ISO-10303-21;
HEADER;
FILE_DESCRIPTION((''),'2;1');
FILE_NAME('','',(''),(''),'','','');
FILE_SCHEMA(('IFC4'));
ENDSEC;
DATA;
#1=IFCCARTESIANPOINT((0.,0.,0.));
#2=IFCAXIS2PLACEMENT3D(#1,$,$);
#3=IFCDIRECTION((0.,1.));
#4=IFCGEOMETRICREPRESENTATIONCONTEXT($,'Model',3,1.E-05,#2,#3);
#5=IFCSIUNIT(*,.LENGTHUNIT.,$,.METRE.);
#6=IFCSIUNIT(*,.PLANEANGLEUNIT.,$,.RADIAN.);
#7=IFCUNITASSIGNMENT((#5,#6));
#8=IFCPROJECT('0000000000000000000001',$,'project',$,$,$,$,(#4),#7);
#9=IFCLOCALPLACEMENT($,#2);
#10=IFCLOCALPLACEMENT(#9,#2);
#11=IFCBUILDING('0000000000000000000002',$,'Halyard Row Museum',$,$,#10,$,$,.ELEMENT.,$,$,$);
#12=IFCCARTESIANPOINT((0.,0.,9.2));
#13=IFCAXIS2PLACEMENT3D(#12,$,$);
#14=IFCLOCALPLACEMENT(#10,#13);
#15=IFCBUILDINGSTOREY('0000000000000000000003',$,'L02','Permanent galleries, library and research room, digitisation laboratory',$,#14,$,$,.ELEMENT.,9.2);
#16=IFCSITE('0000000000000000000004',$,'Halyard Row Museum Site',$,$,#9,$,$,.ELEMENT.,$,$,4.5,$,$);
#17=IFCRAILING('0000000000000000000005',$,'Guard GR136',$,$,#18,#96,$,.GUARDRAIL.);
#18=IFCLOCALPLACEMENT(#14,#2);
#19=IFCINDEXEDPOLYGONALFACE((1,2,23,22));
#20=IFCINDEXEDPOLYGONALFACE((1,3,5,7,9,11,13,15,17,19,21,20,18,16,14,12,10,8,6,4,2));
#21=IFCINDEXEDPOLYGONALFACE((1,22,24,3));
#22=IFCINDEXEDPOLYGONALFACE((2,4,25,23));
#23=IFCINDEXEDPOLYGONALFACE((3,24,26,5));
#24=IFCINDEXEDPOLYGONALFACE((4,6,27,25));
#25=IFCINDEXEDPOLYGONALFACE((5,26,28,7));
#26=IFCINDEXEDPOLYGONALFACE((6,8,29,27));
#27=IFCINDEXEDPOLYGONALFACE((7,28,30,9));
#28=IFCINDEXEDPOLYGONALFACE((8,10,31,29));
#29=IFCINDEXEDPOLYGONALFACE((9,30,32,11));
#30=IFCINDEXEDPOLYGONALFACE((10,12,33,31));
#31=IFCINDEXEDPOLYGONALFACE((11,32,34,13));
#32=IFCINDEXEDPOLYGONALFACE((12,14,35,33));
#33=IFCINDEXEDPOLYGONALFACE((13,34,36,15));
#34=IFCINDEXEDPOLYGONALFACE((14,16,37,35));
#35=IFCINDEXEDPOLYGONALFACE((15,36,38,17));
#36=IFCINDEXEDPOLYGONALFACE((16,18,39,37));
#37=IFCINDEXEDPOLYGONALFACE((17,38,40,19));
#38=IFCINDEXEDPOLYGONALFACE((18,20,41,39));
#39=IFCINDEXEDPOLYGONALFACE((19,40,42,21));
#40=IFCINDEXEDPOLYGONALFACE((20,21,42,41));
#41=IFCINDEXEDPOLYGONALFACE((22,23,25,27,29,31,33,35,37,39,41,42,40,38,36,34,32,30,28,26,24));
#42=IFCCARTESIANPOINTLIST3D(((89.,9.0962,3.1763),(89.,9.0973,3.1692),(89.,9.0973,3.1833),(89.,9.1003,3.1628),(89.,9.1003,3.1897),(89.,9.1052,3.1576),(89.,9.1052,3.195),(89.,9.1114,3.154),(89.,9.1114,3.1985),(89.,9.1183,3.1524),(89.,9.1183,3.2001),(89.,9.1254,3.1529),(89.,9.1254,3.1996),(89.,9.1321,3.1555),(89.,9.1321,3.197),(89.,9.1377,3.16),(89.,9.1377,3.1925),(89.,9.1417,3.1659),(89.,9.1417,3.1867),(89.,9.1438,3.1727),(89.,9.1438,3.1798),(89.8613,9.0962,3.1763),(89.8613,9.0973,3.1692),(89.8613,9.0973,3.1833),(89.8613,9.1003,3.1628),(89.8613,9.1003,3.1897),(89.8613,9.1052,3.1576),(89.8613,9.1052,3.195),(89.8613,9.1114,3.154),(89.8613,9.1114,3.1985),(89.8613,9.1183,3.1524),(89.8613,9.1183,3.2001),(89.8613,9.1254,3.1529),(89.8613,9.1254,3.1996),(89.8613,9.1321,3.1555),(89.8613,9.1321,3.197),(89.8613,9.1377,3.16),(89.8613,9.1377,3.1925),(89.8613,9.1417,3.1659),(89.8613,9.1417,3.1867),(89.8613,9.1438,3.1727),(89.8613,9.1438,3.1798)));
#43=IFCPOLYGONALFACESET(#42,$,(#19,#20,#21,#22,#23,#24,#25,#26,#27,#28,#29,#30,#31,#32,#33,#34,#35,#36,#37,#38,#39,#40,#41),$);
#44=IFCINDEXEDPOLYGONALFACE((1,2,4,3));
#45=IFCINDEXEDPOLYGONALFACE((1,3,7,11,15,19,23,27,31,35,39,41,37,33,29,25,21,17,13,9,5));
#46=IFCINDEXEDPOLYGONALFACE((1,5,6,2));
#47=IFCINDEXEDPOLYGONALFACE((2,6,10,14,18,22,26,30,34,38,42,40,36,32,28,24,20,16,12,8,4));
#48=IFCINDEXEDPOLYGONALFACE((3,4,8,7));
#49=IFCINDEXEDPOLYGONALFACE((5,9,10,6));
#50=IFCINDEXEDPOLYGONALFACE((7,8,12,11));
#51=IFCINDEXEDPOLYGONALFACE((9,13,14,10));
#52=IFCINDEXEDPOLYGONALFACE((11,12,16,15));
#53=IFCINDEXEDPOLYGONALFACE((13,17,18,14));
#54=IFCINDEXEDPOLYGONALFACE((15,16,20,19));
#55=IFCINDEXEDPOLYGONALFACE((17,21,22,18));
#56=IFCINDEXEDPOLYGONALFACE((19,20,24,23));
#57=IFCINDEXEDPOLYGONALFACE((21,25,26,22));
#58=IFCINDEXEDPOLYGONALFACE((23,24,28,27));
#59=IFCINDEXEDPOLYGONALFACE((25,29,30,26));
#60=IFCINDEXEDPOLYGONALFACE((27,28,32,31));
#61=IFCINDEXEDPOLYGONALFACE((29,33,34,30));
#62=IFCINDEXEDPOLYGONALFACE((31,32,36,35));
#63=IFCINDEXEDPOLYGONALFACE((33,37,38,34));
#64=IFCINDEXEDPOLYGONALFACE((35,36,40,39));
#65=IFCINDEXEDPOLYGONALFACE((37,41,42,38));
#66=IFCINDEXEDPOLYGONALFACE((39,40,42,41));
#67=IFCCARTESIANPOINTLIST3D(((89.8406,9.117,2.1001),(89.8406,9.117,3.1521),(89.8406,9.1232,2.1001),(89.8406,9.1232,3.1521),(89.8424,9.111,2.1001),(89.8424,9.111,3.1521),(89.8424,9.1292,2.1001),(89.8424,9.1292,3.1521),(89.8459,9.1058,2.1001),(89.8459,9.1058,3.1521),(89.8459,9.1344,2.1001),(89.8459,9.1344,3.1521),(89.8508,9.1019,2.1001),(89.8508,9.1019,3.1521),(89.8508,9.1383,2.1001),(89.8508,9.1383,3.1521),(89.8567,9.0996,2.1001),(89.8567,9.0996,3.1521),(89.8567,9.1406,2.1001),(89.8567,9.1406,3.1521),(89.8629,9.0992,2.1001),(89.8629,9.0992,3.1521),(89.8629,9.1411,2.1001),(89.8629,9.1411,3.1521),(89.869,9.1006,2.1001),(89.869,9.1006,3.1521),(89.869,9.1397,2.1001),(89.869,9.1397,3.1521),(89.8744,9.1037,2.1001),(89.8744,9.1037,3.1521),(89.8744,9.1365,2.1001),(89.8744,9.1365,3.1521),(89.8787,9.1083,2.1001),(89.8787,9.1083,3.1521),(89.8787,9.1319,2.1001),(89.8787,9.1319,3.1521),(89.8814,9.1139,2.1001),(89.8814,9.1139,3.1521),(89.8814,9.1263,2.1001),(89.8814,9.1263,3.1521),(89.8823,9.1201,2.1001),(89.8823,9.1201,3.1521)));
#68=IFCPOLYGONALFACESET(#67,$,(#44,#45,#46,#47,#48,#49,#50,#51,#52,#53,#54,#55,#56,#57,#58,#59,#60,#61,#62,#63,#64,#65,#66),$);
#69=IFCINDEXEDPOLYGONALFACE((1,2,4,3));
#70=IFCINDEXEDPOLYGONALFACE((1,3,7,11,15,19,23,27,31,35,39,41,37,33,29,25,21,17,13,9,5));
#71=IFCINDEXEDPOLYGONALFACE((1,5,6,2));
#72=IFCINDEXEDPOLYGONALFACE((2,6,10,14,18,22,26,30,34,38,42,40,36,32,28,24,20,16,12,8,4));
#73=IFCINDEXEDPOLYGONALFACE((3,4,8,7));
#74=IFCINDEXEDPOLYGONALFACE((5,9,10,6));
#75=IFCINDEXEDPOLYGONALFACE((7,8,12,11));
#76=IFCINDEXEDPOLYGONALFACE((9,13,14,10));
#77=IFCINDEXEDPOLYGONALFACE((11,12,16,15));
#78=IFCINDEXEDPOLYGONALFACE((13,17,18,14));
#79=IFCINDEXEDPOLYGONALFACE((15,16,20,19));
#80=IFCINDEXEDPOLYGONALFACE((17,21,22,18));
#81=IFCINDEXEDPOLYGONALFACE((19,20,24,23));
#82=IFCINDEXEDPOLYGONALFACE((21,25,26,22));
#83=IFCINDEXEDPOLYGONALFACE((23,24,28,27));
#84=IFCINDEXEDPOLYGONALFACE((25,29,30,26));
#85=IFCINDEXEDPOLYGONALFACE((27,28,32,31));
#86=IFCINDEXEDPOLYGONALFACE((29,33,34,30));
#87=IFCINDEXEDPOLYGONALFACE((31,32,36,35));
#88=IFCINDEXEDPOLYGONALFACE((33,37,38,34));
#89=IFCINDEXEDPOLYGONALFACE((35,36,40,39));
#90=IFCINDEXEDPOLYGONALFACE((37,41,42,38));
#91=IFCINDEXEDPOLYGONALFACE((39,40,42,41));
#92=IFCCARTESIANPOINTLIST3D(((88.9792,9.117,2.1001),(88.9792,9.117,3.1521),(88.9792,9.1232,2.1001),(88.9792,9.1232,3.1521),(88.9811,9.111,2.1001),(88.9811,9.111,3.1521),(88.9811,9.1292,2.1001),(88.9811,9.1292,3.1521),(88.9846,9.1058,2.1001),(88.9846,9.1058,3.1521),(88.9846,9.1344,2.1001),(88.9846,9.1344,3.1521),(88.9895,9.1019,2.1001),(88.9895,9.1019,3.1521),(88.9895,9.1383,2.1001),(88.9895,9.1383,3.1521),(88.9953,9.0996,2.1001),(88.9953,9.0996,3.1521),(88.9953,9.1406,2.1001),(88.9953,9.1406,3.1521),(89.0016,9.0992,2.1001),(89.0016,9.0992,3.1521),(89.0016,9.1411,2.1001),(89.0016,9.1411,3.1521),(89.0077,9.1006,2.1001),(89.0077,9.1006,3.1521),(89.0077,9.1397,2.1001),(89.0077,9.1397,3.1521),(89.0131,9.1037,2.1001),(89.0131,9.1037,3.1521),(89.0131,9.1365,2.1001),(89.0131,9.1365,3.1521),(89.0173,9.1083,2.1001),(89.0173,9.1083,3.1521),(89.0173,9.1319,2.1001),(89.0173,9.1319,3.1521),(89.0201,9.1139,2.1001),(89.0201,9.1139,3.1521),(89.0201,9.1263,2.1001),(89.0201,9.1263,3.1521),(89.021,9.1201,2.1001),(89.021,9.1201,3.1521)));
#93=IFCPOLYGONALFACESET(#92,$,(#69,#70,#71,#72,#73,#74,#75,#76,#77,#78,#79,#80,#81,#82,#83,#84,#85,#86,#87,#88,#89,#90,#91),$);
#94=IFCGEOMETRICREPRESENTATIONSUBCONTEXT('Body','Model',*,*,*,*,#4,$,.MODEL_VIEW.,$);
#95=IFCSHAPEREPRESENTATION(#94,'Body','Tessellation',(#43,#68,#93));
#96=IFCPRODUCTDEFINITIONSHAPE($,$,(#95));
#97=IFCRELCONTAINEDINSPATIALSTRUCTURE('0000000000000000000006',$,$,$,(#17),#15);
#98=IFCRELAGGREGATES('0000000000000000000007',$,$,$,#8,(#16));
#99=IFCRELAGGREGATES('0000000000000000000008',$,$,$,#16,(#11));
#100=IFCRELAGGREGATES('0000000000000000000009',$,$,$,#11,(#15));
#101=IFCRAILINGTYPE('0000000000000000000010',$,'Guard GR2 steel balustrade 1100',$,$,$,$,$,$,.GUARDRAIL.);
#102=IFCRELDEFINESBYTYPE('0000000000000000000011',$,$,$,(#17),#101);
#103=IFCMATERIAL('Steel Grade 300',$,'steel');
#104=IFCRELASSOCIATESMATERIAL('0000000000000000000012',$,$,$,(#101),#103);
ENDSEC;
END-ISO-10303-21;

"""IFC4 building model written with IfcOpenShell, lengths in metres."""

from ifc_helpers import new_model, si_unit, direction, frame, origin, origin_2d, place, context, subcontext, project, spatial, circle, extrude, material, type_object, element, save


model = new_model("IFC4")

# Units and contexts
model_context = context("Model", 3, precision=1e-05, world=origin(), true_north=direction((0.0, 1.0)))
body_context = subcontext(model_context, "Body", "Model", "MODEL_VIEW")
ifc_project = project(units=[si_unit("LENGTHUNIT", "METRE"), si_unit("PLANEANGLEUNIT", "RADIAN")], contexts=[model_context])

# Site, building, storey
site_placement = place(None, origin())
site = spatial("IfcSite", under=ifc_project, at=site_placement, Name="Halyard Row Museum Site", CompositionType="ELEMENT", RefElevation=4.5)
building_placement = place(site_placement, origin())
building = spatial("IfcBuilding", under=site, at=building_placement, Name="Halyard Row Museum", CompositionType="ELEMENT")
storey_placement = place(building_placement, frame((0.0, 0.0, 9.2)))
storey = spatial("IfcBuildingStorey", under=building, at=storey_placement, Name="L02", Description="Permanent galleries, library and research room, digitisation laboratory", CompositionType="ELEMENT", Elevation=9.2)

# Railing
ifc_material_1 = material(Name="Steel Grade 300", Category="steel")
railing_type = type_object("IfcRailingType", Name="Guard GR2 steel balustrade 1100", PredefinedType="GUARDRAIL", material=ifc_material_1)
railing_placement = place(storey_placement, frame((89.8613, 9.1201, 2.1001)))
element("IfcRailing", 1, at=railing_placement, inside=storey, type_object=railing_type, Name="Guard GR136", PredefinedType="GUARDRAIL", context=body_context, shape_type="SweptSolid", body=[
    extrude(circle(Radius=0.0239, at=origin_2d()), frame((0.0, 0.0, 1.0762), z_axis=(-1.0, 0.0, 0.0), x_axis=(0.0, -1.0, 0.0)), (0.0, 0.0, 1.0), 0.8613),
    extrude(circle(Radius=0.021, at=origin_2d()), origin(), (0.0, 0.0, 1.0), 1.052),
    extrude(circle(Radius=0.021, at=origin_2d()), frame((-0.8613, 0.0, 0.0)), (0.0, 0.0, 1.0), 1.052),
])

save(model, "model.ifc")
